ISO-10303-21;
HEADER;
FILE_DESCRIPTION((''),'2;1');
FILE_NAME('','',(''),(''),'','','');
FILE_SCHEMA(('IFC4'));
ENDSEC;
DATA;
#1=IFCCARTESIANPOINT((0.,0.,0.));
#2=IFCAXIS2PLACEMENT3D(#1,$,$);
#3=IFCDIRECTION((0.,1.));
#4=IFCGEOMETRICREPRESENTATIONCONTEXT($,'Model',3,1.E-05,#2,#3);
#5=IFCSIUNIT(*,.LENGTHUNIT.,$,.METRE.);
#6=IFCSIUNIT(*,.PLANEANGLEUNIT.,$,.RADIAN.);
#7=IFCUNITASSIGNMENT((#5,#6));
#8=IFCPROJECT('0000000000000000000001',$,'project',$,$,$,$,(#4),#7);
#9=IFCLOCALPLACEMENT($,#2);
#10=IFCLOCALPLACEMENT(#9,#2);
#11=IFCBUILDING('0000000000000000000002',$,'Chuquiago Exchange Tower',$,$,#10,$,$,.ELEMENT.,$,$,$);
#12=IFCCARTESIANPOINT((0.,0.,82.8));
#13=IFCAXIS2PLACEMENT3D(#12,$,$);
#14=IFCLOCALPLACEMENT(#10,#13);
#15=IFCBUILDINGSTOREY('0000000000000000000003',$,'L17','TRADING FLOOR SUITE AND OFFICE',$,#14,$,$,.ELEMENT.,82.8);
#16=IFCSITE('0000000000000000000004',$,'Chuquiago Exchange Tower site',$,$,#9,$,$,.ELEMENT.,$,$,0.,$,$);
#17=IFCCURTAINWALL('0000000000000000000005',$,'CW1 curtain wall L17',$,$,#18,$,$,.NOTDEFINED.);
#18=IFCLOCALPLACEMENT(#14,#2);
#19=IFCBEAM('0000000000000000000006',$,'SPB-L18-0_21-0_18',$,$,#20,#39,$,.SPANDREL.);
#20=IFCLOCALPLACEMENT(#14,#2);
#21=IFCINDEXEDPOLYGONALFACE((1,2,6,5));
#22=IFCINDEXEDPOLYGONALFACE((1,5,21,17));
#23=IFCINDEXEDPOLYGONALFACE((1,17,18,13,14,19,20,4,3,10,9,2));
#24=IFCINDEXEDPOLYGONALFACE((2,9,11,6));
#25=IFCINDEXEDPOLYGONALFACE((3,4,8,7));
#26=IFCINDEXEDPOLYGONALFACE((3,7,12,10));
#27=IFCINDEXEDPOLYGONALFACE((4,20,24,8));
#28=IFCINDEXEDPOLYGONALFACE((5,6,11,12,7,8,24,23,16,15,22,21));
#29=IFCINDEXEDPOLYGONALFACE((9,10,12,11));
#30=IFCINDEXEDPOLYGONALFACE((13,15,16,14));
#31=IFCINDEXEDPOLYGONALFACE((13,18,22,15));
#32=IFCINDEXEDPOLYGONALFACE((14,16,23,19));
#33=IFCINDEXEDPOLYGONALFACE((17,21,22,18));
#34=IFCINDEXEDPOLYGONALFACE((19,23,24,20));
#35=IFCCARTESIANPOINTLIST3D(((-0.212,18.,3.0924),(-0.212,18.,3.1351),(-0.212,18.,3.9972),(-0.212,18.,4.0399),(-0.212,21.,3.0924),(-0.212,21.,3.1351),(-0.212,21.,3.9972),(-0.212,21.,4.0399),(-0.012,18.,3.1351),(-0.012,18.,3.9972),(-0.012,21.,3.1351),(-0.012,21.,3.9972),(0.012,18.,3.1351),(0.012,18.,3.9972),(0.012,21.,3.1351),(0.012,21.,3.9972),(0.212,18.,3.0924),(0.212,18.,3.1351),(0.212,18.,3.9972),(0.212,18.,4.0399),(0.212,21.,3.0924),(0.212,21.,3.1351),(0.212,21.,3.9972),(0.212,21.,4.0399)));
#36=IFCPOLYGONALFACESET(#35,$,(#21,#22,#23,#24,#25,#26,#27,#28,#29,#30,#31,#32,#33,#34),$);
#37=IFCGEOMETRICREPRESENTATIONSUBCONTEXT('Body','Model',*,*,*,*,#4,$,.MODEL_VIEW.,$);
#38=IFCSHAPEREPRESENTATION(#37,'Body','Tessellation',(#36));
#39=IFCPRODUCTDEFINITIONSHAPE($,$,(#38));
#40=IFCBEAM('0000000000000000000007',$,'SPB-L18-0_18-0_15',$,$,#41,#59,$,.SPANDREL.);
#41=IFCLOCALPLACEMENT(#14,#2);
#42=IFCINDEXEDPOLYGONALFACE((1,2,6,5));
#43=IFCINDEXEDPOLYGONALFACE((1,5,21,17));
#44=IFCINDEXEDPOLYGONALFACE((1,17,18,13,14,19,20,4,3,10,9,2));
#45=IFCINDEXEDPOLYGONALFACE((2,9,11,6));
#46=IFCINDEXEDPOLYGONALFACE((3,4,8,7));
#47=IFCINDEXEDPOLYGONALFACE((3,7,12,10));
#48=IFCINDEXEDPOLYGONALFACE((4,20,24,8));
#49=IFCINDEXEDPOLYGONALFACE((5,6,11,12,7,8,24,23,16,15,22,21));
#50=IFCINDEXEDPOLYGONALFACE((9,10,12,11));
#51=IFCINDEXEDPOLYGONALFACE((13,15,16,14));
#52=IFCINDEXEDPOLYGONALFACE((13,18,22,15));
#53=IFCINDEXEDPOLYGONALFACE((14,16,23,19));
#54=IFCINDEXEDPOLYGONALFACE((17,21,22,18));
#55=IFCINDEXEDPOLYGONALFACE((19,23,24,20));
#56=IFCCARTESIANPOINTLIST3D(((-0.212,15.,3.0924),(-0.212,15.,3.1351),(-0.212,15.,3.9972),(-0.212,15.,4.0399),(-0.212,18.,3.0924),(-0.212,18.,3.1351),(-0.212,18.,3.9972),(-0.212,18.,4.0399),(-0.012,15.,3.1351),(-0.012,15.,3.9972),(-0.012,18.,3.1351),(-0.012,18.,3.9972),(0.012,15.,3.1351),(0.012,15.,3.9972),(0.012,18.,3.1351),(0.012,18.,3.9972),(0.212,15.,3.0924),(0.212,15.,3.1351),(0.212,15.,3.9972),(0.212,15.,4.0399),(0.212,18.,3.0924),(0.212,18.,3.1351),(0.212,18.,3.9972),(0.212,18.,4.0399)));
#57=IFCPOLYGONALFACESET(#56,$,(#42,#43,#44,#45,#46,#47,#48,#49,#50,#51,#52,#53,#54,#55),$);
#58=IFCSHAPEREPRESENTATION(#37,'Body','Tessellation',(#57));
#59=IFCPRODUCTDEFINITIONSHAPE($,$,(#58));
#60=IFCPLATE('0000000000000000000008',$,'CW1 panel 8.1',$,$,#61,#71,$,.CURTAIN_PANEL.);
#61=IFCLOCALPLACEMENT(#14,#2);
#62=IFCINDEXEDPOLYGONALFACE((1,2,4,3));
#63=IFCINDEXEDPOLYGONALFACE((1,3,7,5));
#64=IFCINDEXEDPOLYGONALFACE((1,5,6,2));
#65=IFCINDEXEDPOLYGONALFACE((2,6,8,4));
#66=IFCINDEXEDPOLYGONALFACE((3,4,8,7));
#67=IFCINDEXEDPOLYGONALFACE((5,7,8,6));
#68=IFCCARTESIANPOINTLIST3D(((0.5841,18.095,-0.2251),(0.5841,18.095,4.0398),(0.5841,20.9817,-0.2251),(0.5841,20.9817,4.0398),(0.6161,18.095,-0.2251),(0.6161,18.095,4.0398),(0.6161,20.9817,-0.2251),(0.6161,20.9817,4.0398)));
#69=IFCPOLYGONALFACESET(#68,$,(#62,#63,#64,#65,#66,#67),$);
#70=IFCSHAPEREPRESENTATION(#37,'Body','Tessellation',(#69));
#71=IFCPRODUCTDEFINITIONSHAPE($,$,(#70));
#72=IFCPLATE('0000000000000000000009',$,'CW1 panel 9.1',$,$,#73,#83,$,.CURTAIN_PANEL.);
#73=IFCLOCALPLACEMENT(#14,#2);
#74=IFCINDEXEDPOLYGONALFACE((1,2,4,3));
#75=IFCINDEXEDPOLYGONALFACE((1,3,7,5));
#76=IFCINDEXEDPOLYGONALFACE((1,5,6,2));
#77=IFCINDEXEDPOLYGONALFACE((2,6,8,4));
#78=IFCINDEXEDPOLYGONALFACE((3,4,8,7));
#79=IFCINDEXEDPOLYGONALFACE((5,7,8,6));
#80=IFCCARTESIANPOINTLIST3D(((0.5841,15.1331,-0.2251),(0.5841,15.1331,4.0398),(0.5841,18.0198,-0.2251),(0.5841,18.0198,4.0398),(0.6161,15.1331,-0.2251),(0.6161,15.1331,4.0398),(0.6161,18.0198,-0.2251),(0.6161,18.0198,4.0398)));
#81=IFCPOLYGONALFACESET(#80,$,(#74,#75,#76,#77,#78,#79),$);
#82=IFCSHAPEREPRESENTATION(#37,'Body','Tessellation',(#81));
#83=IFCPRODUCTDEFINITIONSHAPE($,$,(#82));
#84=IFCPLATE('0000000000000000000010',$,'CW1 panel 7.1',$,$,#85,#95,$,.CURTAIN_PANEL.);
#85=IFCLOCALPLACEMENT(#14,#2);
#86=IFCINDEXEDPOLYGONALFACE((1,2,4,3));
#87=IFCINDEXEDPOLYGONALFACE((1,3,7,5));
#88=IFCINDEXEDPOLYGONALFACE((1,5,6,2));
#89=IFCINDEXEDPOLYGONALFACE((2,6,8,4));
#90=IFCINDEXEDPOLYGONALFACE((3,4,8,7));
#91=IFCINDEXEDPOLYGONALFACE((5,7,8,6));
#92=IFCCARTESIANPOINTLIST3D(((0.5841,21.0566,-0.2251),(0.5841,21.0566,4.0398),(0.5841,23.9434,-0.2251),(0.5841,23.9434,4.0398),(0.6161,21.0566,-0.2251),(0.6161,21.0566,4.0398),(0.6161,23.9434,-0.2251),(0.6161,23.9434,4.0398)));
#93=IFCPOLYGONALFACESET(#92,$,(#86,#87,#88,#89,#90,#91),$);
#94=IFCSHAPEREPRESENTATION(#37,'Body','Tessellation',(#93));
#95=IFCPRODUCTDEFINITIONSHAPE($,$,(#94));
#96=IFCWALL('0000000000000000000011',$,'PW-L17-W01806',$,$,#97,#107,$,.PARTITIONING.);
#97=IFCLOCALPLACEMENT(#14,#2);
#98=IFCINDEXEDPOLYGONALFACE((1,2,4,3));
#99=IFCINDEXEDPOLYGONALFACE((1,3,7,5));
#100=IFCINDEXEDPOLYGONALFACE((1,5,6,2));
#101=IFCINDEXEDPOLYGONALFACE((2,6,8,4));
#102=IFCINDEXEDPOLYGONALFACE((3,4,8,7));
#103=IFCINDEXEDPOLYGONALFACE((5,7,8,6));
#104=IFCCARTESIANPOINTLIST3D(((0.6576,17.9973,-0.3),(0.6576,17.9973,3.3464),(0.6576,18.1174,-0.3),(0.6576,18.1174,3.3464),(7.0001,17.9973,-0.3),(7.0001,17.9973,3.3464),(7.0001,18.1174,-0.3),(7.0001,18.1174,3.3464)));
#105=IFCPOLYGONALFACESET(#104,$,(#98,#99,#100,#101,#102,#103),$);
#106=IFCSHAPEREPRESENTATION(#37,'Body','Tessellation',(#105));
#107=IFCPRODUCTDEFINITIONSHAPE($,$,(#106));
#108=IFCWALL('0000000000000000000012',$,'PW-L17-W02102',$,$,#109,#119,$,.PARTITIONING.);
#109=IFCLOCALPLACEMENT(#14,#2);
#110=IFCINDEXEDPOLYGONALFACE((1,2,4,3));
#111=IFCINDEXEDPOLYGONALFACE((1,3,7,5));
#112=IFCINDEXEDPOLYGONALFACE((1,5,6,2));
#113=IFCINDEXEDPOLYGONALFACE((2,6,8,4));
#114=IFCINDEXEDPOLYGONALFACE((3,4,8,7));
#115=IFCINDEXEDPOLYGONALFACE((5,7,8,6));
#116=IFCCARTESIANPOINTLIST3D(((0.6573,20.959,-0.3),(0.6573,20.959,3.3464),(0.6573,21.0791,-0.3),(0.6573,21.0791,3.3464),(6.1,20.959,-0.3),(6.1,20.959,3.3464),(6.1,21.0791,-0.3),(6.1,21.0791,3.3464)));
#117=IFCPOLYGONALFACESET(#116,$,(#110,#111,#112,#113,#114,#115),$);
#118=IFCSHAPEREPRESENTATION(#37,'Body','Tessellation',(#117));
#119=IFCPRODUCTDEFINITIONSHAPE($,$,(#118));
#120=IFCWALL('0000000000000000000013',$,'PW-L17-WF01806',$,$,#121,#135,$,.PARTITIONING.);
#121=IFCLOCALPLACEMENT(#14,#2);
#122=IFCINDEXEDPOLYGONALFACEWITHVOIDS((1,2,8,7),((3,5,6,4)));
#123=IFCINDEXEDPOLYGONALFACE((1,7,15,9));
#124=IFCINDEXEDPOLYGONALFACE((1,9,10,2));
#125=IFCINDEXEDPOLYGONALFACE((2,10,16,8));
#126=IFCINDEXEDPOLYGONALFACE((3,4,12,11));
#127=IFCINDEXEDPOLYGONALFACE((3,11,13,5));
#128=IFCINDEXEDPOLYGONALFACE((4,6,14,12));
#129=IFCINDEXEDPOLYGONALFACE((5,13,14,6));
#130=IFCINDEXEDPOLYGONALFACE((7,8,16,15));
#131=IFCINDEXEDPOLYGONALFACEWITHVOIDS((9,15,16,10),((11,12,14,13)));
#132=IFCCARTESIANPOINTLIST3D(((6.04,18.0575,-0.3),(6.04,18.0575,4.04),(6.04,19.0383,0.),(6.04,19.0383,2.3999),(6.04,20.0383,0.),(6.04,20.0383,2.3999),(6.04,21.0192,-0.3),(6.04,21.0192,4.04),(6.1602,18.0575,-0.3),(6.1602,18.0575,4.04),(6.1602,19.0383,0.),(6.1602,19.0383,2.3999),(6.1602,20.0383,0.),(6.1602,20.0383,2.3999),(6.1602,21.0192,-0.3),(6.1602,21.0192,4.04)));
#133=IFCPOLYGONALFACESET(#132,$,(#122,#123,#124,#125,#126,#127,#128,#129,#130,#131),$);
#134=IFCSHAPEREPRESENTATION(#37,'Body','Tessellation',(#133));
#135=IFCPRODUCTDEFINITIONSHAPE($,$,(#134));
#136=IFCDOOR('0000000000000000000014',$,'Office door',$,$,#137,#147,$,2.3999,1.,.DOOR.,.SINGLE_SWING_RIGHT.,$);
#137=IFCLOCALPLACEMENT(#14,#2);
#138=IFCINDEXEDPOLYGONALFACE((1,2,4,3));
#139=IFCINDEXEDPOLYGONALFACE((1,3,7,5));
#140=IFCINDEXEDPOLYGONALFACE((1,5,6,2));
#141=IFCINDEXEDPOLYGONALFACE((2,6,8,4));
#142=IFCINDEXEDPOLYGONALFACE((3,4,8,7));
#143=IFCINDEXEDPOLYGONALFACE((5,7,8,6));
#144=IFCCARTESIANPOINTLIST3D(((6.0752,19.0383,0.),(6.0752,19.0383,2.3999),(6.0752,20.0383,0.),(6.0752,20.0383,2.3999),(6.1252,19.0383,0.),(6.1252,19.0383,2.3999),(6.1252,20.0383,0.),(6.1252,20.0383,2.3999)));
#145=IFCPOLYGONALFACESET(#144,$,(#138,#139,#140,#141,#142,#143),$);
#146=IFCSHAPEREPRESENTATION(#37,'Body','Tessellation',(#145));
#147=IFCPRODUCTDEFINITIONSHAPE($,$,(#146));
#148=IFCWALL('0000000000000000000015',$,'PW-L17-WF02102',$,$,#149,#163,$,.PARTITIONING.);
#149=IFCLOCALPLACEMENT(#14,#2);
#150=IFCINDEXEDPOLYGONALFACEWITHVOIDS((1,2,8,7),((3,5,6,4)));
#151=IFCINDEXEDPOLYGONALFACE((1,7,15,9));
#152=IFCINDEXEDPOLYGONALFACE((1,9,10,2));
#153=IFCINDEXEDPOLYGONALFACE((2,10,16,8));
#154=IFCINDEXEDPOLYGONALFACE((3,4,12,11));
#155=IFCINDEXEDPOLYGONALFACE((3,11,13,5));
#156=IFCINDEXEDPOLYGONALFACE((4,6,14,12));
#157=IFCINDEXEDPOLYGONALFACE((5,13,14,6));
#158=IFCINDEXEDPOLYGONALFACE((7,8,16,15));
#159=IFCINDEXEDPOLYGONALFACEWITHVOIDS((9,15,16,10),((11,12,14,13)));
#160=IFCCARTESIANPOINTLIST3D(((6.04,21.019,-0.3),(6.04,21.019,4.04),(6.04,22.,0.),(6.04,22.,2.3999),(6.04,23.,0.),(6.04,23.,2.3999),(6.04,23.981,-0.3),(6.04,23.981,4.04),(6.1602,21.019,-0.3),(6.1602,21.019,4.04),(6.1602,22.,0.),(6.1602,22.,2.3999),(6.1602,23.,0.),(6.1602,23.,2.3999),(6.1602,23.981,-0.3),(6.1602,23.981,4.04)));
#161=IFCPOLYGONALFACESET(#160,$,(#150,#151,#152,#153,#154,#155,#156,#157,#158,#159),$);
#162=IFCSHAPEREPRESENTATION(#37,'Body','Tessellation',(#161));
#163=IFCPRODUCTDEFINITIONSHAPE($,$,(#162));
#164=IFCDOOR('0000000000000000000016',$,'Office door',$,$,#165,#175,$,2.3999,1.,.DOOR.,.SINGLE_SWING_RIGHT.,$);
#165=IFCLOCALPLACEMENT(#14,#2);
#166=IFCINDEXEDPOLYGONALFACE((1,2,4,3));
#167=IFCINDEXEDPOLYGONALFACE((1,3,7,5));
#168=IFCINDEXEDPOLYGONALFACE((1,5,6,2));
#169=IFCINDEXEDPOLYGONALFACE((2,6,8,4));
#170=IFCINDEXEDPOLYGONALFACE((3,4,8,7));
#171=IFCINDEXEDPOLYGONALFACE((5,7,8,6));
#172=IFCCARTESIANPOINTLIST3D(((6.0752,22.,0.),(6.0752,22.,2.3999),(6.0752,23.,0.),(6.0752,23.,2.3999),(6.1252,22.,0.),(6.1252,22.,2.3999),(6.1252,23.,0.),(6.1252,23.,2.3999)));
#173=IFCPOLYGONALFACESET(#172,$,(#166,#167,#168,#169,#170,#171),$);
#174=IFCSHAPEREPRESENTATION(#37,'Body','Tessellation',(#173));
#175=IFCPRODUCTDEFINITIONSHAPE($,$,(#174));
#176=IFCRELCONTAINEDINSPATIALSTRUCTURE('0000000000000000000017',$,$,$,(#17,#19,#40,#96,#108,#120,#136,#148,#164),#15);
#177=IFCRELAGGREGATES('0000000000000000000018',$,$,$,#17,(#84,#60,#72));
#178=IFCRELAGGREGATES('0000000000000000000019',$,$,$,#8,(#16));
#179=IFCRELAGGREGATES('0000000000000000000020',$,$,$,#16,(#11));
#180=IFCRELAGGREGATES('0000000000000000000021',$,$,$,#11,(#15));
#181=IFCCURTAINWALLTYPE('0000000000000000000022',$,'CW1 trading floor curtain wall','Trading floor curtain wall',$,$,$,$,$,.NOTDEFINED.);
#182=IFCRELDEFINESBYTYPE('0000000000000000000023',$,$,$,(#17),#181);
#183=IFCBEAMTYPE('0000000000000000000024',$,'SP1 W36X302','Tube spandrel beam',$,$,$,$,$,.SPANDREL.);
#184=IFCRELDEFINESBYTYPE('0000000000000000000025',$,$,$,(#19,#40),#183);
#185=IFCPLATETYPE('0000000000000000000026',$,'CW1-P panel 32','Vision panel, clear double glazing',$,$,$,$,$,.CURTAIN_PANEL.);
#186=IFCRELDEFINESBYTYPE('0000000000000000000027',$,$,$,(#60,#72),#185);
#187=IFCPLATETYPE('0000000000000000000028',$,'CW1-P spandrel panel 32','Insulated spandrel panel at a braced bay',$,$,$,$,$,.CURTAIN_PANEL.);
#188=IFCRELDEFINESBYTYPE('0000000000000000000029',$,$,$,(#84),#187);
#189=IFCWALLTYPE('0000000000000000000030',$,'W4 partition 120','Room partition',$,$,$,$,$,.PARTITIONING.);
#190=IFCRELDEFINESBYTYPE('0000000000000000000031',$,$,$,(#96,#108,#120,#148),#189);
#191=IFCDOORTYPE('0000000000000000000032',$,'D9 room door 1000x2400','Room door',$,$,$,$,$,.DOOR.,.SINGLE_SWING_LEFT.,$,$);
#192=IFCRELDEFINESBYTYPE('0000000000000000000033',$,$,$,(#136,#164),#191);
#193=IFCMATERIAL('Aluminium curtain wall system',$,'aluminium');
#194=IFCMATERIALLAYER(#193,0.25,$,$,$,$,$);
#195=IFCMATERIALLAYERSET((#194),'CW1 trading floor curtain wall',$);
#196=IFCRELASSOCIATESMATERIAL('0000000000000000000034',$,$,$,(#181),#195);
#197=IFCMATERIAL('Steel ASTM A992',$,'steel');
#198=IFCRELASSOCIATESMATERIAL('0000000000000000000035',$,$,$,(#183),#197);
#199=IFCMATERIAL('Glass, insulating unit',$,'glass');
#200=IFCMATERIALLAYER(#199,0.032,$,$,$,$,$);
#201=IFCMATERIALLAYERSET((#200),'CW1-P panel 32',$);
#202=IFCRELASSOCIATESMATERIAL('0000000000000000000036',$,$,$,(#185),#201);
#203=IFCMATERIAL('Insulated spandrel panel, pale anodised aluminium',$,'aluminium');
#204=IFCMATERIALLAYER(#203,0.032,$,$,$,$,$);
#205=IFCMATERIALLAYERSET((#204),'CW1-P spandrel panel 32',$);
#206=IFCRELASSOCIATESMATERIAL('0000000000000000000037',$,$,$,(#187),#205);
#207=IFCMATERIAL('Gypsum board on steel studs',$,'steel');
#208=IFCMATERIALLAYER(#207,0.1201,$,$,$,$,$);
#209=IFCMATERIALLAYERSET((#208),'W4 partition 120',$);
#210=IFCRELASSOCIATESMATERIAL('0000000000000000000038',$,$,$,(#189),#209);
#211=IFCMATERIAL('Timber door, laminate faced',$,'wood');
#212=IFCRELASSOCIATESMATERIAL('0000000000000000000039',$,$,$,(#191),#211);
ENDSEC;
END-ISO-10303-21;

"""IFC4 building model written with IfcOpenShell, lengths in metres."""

from ifc_helpers import new_model, si_unit, direction, frame, frame_2d, origin, origin_2d, place, context, subcontext, project, spatial, rectangle, i_section, extrude, material, layer, layer_set, material_profile, profile_set, type_object, element, fill, aggregate, save


model = new_model("IFC4")

# Units and contexts
model_context = context("Model", 3, precision=1e-05, world=origin(), true_north=direction((0.0, 1.0)))
body_context = subcontext(model_context, "Body", "Model", "MODEL_VIEW")
ifc_project = project(units=[si_unit("LENGTHUNIT", "METRE"), si_unit("PLANEANGLEUNIT", "RADIAN")], contexts=[model_context])

# Site, building, storey
site_placement = place(None, origin())
site = spatial("IfcSite", under=ifc_project, at=site_placement, Name="Chuquiago Exchange Tower site", CompositionType="ELEMENT", RefElevation=0.0)
building_placement = place(site_placement, origin())
building = spatial("IfcBuilding", under=site, at=building_placement, Name="Chuquiago Exchange Tower", CompositionType="ELEMENT")
storey_placement = place(building_placement, frame((0.0, 0.0, 82.8)))
storey = spatial("IfcBuildingStorey", under=building, at=storey_placement, Name="L17", Description="TRADING FLOOR SUITE AND OFFICE", CompositionType="ELEMENT", Elevation=82.8)

# Curtain wall
ifc_material_1 = material(Name="Aluminium curtain wall system", Category="aluminium")
ifc_layer_1 = layer(ifc_material_1, 0.25)
ifc_layer_set_1 = layer_set([ifc_layer_1], Name="CW1 trading floor curtain wall")
curtain_wall_type = type_object("IfcCurtainWallType", Name="CW1 trading floor curtain wall", Description="Trading floor curtain wall", PredefinedType="NOTDEFINED", material=ifc_layer_set_1)
curtain_wall_placement = place(storey_placement, origin())
curtain_wall = element("IfcCurtainWall", 1, at=curtain_wall_placement, inside=storey, type_object=curtain_wall_type, Name="CW1 curtain wall L17", PredefinedType="NOTDEFINED")

# Beams
ifc_material_2 = material(Name="Steel ASTM A992", Category="steel")
ifc_material_profile_1 = material_profile(ifc_material_2, i_section(OverallWidth=0.4241, OverallDepth=0.9475, WebThickness=0.0239, FlangeThickness=0.0427, at=origin_2d()), Name="W36X302")
ifc_profile_set_1 = profile_set([ifc_material_profile_1], Name="Steel ASTM A992")
beam_type_1 = type_object("IfcBeamType", Name="SP1 W36X302", Description="Tube spandrel beam", PredefinedType="SPANDREL", material=ifc_profile_set_1)
for number, where, z_axis, x_axis, name in (
    (2, (0.0, 21.0, 3.5662), (0.0, -1.0, 0.0), (1.0, 0.0, 0.0), "SPB-L18-0_21-0_18"),
    (3, (0.0, 18.0, 3.5662), (0.0, -1.0, 0.0), (1.0, 0.0, 0.0), "SPB-L18-0_18-0_15"),
):
    element("IfcBeam", number, at=place(storey_placement, frame(where, z_axis=z_axis, x_axis=x_axis)), inside=storey, type_object=beam_type_1, Name=name, PredefinedType="SPANDREL", context=body_context, shape_type="SweptSolid", body=[
        extrude(i_section(OverallWidth=0.4241, OverallDepth=0.9475, WebThickness=0.0239, FlangeThickness=0.0427, at=origin_2d()), origin(), (0.0, 0.0, 1.0), 3.0),
    ])

# Plates
ifc_material_3 = material(Name="Glass, insulating unit", Category="glass")
ifc_layer_2 = layer(ifc_material_3, 0.032)
ifc_layer_set_2 = layer_set([ifc_layer_2], Name="CW1-P panel 32")
plate_type_1 = type_object("IfcPlateType", Name="CW1-P panel 32", Description="Vision panel, clear double glazing", PredefinedType="CURTAIN_PANEL", material=ifc_layer_set_2)
plate_1_placement = place(storey_placement, frame((0.6001, 19.5383, -0.2251), z_axis=(0.0, 0.0, 1.0), x_axis=(0.0, -1.0, 0.0)))
plate_1 = element("IfcPlate", 4, at=plate_1_placement, type_object=plate_type_1, Name="CW1 panel 8.1", PredefinedType="CURTAIN_PANEL", context=body_context, shape_type="SweptSolid", body=[
    extrude(rectangle(XDim=2.8867, YDim=0.032, at=origin_2d()), origin(), (0.0, 0.0, 1.0), 4.2649),
])
plate_2_placement = place(storey_placement, frame((0.6001, 16.5764, -0.2251), z_axis=(0.0, 0.0, 1.0), x_axis=(0.0, -1.0, 0.0)))
plate_2 = element("IfcPlate", 5, at=plate_2_placement, type_object=plate_type_1, Name="CW1 panel 9.1", PredefinedType="CURTAIN_PANEL", context=body_context, shape_type="SweptSolid", body=[
    extrude(rectangle(XDim=2.8867, YDim=0.032, at=origin_2d()), origin(), (0.0, 0.0, 1.0), 4.2649),
])
ifc_material_4 = material(Name="Insulated spandrel panel, pale anodised aluminium", Category="aluminium")
ifc_layer_3 = layer(ifc_material_4, 0.032)
ifc_layer_set_3 = layer_set([ifc_layer_3], Name="CW1-P spandrel panel 32")
plate_type_2 = type_object("IfcPlateType", Name="CW1-P spandrel panel 32", Description="Insulated spandrel panel at a braced bay", PredefinedType="CURTAIN_PANEL", material=ifc_layer_set_3)
plate_3_placement = place(storey_placement, frame((0.6001, 22.5, -0.2251), z_axis=(0.0, 0.0, 1.0), x_axis=(0.0, -1.0, 0.0)))
plate_3 = element("IfcPlate", 6, at=plate_3_placement, type_object=plate_type_2, Name="CW1 panel 7.1", PredefinedType="CURTAIN_PANEL", context=body_context, shape_type="SweptSolid", body=[
    extrude(rectangle(XDim=2.8867, YDim=0.032, at=origin_2d()), origin(), (0.0, 0.0, 1.0), 4.2649),
])
aggregate(curtain_wall, [plate_3, plate_1, plate_2])

# Walls
ifc_material_5 = material(Name="Gypsum board on steel studs", Category="steel")
ifc_layer_4 = layer(ifc_material_5, 0.1201)
ifc_layer_set_4 = layer_set([ifc_layer_4], Name="W4 partition 120")
wall_type = type_object("IfcWallType", Name="W4 partition 120", Description="Room partition", PredefinedType="PARTITIONING", material=ifc_layer_set_4)
wall_1_placement = place(storey_placement, frame((0.6575, 18.0574, -0.3), z_axis=(0.0, 0.0, 1.0), x_axis=(1.0, 0.0, 0.0)))
element("IfcWall", 7, at=wall_1_placement, inside=storey, type_object=wall_type, Name="PW-L17-W01806", PredefinedType="PARTITIONING", context=body_context, shape_type="SweptSolid", body=[
    extrude(rectangle(XDim=6.3425, YDim=0.1201, at=frame_2d((3.1714, 0.0))), origin(), (0.0, 0.0, 1.0), 3.6465),
])
wall_2_placement = place(storey_placement, frame((0.6575, 21.019, -0.3), z_axis=(0.0, 0.0, 1.0), x_axis=(1.0, 0.0, 0.0)))
element("IfcWall", 8, at=wall_2_placement, inside=storey, type_object=wall_type, Name="PW-L17-W02102", PredefinedType="PARTITIONING", context=body_context, shape_type="SweptSolid", body=[
    extrude(rectangle(XDim=5.4426, YDim=0.1201, at=frame_2d((2.7212, 0.0))), origin(), (0.0, 0.0, 1.0), 3.6465),
])

# Walls, openings, doors
wall_3_placement = place(storey_placement, frame((6.1001, 18.0574, -0.3), z_axis=(0.0, 0.0, 1.0), x_axis=(0.0, 1.0, 0.0)))
wall_3 = element("IfcWall", 9, at=wall_3_placement, inside=storey, type_object=wall_type, Name="PW-L17-WF01806", PredefinedType="PARTITIONING", context=body_context, shape_type="SweptSolid", body=[
    extrude(rectangle(XDim=2.9617, YDim=0.1201, at=frame_2d((1.481, 0.0))), origin(), (0.0, 0.0, 1.0), 4.3401),
])
opening_1_placement = place(wall_3_placement, frame((0.981, 0.0, 0.3)))
opening_1 = element("IfcOpeningElement", 10, at=opening_1_placement, cuts=wall_3, PredefinedType="OPENING", context=body_context, shape_type="SweptSolid", body=[
    extrude(rectangle(XDim=1.0, YDim=2.3999, at=frame_2d((0.5, 1.2))), frame((0.0, 0.0701, 0.0), z_axis=(0.0, -1.0, 0.0), x_axis=(1.0, 0.0, 0.0)), (0.0, 0.0, 1.0), 0.1401),
])
ifc_material_6 = material(Name="Timber door, laminate faced", Category="wood")
door_type = type_object("IfcDoorType", Name="D9 room door 1000x2400", Description="Room door", OperationType="SINGLE_SWING_LEFT", PredefinedType="DOOR", material=ifc_material_6)
door_1_placement = place(opening_1_placement, origin())
door_1 = element("IfcDoor", 11, at=door_1_placement, inside=storey, type_object=door_type, Name="Office door", OperationType="SINGLE_SWING_RIGHT", OverallHeight=2.3999, OverallWidth=1.0, PredefinedType="DOOR", context=body_context, shape_type="SweptSolid", body=[
    extrude(rectangle(XDim=1.0, YDim=2.3999, at=frame_2d((0.5, 1.2))), frame((0.0, 0.0249, 0.0), z_axis=(0.0, -1.0, 0.0), x_axis=(1.0, 0.0, 0.0)), (0.0, 0.0, 1.0), 0.05),
])
fill(opening_1, door_1)
wall_4_placement = place(storey_placement, frame((6.1001, 21.019, -0.3), z_axis=(0.0, 0.0, 1.0), x_axis=(0.0, 1.0, 0.0)))
wall_4 = element("IfcWall", 12, at=wall_4_placement, inside=storey, type_object=wall_type, Name="PW-L17-WF02102", PredefinedType="PARTITIONING", context=body_context, shape_type="SweptSolid", body=[
    extrude(rectangle(XDim=2.9619, YDim=0.1201, at=frame_2d((1.481, 0.0))), origin(), (0.0, 0.0, 1.0), 4.3401),
])
opening_2_placement = place(wall_4_placement, frame((0.981, 0.0, 0.3)))
opening_2 = element("IfcOpeningElement", 13, at=opening_2_placement, cuts=wall_4, PredefinedType="OPENING", context=body_context, shape_type="SweptSolid", body=[
    extrude(rectangle(XDim=1.0, YDim=2.3999, at=frame_2d((0.5, 1.2))), frame((0.0, 0.0701, 0.0), z_axis=(0.0, -1.0, 0.0), x_axis=(1.0, 0.0, 0.0)), (0.0, 0.0, 1.0), 0.1401),
])
door_2_placement = place(opening_2_placement, origin())
door_2 = element("IfcDoor", 14, at=door_2_placement, inside=storey, type_object=door_type, Name="Office door", OperationType="SINGLE_SWING_RIGHT", OverallHeight=2.3999, OverallWidth=1.0, PredefinedType="DOOR", context=body_context, shape_type="SweptSolid", body=[
    extrude(rectangle(XDim=1.0, YDim=2.3999, at=frame_2d((0.5, 1.2))), frame((0.0, 0.0249, 0.0), z_axis=(0.0, -1.0, 0.0), x_axis=(1.0, 0.0, 0.0)), (0.0, 0.0, 1.0), 0.05),
])
fill(opening_2, door_2)

save(model, "model.ifc")
